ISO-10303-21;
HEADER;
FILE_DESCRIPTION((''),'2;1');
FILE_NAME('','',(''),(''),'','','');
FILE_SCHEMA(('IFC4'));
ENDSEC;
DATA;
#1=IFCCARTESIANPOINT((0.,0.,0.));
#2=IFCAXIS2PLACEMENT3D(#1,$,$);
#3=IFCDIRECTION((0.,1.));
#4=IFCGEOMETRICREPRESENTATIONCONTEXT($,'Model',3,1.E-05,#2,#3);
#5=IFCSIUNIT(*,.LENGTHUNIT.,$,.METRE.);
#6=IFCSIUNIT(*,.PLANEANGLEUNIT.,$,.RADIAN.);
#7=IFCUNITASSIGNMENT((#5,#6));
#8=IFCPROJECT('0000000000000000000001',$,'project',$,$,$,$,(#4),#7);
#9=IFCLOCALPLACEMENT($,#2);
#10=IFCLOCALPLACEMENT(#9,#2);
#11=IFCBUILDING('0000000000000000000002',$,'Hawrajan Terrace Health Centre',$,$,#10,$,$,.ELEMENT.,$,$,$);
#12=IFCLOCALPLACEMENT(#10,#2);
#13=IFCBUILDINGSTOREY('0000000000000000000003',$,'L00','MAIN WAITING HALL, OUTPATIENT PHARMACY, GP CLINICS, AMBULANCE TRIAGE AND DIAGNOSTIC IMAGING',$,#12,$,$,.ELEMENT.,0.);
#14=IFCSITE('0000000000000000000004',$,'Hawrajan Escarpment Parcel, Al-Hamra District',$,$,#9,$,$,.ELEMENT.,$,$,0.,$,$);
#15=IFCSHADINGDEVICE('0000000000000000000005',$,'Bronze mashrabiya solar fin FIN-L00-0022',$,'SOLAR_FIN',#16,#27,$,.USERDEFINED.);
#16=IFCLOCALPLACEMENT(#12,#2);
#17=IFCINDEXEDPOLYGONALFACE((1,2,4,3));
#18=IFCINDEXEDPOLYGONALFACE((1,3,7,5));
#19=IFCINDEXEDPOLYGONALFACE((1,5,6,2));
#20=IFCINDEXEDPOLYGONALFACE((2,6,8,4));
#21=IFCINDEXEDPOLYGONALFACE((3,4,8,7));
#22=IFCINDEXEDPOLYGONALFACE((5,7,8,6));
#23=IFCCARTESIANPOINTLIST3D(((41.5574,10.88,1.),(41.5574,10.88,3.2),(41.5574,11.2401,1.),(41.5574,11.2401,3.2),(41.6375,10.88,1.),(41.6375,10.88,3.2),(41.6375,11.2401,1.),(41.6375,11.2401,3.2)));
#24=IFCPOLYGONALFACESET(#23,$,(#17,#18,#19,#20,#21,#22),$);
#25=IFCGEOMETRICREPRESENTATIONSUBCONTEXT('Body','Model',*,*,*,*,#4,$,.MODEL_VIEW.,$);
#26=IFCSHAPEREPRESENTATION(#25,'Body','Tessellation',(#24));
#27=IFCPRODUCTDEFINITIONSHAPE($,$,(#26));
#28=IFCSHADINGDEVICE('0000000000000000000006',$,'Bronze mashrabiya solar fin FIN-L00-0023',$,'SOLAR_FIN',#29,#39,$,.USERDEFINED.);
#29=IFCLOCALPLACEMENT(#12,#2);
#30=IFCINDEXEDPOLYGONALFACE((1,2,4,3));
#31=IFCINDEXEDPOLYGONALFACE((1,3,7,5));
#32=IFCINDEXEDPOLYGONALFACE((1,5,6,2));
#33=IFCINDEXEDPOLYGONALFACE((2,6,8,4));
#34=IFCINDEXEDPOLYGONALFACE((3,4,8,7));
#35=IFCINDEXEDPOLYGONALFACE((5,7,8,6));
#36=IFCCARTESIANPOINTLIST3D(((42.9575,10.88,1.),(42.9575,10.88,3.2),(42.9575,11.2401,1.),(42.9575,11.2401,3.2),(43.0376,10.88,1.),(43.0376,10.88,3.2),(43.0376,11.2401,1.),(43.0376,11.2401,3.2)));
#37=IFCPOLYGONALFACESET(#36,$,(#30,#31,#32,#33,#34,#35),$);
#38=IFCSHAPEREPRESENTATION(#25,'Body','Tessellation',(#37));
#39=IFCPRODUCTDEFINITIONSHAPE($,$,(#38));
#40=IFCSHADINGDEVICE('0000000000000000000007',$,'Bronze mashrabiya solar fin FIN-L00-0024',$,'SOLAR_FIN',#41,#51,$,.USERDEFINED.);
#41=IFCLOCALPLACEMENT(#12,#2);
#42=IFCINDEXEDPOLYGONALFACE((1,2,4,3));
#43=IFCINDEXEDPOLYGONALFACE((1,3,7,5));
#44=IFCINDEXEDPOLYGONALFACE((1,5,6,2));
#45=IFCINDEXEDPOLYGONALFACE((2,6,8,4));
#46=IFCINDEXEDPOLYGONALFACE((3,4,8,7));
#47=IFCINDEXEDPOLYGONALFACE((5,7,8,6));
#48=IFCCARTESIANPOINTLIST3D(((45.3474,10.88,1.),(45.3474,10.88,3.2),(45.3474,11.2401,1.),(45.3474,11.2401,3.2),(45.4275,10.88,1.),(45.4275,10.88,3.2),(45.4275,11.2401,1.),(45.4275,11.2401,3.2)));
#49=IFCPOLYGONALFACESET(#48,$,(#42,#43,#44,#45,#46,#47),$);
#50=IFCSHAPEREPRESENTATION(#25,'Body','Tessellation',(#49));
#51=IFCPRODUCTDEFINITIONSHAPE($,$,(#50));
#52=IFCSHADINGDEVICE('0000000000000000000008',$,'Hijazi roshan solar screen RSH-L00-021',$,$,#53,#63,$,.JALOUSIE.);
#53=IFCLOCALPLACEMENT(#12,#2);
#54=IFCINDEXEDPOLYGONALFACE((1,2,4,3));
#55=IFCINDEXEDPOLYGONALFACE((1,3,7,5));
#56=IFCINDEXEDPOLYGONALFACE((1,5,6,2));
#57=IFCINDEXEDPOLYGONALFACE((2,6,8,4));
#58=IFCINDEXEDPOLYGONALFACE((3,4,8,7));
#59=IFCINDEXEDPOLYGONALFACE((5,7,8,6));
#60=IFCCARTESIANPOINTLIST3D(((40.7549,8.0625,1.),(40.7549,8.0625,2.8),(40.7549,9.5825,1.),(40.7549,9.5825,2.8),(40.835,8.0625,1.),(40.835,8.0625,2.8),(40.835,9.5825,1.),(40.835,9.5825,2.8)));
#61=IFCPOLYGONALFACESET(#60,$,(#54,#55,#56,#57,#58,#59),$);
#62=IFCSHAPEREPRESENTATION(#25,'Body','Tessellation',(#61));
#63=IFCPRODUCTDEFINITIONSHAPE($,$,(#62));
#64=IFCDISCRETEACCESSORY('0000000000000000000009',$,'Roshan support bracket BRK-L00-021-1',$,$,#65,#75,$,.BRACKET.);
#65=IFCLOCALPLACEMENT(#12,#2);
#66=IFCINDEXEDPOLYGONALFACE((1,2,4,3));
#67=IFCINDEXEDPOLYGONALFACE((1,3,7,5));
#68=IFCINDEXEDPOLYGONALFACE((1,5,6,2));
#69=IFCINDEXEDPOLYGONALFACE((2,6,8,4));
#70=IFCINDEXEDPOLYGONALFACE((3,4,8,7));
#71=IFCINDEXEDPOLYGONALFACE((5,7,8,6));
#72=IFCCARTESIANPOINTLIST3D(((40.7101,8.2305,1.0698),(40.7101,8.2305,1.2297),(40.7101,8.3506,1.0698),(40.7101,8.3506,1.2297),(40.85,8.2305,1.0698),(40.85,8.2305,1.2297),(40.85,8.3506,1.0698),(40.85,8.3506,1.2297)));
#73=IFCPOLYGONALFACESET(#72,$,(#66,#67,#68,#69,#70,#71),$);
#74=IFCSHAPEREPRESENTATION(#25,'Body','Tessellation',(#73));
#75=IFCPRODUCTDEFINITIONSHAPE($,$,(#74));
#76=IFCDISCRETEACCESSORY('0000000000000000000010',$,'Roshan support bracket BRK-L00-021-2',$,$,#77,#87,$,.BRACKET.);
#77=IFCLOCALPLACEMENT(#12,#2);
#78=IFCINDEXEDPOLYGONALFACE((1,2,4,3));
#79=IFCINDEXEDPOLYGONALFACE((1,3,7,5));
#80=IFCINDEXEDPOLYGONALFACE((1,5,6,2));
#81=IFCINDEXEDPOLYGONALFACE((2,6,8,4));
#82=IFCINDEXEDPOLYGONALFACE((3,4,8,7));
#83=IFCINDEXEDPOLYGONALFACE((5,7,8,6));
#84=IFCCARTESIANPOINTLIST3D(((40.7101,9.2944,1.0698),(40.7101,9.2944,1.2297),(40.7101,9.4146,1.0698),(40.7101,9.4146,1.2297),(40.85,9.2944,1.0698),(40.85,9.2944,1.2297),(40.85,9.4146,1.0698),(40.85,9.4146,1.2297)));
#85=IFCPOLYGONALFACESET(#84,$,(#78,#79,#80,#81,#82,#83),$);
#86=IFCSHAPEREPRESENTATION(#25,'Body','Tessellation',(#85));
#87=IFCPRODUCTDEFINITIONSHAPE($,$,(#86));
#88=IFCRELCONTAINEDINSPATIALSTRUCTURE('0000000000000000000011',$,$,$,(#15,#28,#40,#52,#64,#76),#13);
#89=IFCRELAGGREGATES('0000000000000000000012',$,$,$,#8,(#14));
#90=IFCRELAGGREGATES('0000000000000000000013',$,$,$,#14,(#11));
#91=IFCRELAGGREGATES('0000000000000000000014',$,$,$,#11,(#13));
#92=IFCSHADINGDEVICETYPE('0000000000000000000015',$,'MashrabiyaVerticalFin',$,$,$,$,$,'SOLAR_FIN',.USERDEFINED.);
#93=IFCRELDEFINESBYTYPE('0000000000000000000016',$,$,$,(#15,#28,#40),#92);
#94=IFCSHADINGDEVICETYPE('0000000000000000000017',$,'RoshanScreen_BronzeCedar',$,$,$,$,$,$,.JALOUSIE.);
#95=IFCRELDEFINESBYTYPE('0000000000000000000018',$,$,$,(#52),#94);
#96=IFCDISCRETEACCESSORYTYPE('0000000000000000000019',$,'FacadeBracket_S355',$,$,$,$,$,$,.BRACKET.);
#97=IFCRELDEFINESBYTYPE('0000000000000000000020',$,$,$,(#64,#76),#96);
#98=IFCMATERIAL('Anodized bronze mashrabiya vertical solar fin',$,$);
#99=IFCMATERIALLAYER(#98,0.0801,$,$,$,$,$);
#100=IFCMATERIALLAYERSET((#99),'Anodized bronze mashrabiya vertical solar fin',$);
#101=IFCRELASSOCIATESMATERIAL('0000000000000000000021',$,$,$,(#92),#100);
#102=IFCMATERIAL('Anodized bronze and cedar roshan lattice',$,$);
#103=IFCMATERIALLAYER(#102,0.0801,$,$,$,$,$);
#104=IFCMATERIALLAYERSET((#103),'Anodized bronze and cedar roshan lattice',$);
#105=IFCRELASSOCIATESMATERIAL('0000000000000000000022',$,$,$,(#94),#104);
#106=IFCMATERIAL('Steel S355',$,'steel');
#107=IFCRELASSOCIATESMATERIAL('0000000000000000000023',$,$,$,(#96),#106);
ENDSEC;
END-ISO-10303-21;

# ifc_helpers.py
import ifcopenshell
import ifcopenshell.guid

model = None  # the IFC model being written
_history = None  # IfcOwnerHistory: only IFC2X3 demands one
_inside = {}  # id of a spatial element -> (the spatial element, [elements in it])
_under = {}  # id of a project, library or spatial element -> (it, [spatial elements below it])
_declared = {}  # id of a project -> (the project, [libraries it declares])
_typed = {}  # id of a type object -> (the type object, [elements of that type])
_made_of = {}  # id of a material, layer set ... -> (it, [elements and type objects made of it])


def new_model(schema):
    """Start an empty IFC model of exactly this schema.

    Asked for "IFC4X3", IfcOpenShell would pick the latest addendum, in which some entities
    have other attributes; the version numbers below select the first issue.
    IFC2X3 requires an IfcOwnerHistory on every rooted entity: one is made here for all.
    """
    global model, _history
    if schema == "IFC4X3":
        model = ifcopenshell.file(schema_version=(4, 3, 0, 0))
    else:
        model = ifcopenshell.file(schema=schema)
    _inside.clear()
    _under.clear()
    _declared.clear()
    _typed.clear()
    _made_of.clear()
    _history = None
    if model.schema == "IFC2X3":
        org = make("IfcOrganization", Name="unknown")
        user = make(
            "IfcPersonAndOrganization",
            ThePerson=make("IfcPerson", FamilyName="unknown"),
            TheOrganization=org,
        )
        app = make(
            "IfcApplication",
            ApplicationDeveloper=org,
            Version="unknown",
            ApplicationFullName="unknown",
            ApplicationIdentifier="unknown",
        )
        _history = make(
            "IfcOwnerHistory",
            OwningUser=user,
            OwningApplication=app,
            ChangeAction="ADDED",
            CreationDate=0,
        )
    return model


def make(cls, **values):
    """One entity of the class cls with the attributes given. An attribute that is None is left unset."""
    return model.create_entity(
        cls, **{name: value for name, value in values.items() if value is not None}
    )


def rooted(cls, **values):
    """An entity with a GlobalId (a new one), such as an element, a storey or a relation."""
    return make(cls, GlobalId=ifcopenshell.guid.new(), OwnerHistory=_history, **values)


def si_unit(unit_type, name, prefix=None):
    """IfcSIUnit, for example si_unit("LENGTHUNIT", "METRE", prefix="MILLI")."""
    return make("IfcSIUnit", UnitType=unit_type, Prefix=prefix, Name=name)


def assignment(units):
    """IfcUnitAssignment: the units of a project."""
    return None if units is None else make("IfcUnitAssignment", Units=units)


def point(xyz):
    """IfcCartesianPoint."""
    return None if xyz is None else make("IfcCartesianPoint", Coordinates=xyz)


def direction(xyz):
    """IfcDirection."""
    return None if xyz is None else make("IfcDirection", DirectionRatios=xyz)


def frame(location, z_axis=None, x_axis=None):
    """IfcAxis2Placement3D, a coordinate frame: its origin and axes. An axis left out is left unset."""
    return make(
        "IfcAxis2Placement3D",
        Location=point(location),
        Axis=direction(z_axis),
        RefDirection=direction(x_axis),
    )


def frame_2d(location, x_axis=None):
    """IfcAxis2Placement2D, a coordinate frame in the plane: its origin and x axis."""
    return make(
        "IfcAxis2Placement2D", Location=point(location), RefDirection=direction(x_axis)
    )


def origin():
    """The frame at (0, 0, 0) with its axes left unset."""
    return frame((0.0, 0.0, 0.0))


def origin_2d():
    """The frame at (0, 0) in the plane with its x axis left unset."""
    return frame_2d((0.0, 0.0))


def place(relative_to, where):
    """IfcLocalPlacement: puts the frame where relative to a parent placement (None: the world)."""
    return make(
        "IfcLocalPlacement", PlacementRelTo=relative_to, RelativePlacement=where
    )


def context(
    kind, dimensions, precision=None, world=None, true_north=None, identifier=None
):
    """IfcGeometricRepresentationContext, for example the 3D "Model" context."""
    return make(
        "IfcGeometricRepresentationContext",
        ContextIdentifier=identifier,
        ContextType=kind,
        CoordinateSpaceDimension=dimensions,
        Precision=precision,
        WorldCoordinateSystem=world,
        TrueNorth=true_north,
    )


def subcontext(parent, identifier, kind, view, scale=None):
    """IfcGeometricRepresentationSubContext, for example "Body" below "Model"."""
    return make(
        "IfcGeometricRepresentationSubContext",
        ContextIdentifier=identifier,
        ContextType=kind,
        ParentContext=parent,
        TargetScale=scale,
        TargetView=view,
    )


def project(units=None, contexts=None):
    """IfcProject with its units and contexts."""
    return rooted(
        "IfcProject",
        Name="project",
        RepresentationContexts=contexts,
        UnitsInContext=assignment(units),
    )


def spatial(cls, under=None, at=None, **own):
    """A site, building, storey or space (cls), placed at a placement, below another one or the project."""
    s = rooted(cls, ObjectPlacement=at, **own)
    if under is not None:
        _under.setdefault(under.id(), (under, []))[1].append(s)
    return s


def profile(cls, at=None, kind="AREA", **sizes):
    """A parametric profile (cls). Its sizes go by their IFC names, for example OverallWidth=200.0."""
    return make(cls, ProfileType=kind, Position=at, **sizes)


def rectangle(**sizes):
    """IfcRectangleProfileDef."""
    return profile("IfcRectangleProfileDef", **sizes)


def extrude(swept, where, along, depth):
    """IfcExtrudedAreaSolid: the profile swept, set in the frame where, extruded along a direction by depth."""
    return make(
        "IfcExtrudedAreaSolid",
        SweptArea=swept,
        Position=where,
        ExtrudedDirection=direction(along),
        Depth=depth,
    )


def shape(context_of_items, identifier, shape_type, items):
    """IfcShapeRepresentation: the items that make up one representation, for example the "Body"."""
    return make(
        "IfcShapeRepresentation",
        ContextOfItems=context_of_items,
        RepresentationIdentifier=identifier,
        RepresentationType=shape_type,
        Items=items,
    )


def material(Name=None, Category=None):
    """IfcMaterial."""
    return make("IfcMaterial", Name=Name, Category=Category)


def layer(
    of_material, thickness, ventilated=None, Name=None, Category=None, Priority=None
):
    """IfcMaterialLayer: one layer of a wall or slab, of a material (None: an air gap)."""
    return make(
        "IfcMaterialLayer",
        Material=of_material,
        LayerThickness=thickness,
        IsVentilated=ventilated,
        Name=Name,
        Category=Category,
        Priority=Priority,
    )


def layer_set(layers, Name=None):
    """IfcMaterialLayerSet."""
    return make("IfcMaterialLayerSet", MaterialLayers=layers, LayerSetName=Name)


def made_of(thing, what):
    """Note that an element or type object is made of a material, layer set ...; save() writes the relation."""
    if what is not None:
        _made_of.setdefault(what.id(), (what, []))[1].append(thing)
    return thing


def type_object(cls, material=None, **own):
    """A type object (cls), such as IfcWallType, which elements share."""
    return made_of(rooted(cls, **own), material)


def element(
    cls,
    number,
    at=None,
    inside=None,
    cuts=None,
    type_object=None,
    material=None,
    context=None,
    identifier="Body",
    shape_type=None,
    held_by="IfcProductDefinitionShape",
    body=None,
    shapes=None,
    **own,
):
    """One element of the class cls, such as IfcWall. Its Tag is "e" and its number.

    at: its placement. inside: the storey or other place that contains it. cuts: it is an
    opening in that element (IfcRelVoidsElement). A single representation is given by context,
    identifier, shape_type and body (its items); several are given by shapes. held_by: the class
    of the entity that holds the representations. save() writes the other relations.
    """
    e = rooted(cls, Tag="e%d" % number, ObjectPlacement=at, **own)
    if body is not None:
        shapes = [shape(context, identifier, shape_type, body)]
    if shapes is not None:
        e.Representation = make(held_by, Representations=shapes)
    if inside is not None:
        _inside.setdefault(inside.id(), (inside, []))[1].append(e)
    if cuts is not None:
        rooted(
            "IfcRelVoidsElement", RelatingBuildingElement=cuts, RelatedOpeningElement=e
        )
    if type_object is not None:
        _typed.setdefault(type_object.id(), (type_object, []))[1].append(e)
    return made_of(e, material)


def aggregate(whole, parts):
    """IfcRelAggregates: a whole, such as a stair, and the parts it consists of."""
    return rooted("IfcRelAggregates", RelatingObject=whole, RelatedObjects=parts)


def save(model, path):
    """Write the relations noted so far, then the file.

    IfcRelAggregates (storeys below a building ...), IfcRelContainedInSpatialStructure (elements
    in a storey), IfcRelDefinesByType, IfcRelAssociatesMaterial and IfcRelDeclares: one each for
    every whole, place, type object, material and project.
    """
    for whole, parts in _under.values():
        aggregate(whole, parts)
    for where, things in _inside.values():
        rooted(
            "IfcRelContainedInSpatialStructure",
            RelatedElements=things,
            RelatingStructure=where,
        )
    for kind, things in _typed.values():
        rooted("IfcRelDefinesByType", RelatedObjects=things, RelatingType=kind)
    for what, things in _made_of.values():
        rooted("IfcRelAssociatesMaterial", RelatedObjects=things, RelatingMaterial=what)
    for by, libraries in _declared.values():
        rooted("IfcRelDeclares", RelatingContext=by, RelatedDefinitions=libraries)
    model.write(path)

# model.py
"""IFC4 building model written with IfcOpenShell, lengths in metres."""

from ifc_helpers import new_model, si_unit, direction, frame, origin, origin_2d, place, context, subcontext, project, spatial, rectangle, extrude, material, layer, layer_set, type_object, element, save


model = new_model("IFC4")

# Units and contexts
model_context = context("Model", 3, precision=1e-05, world=origin(), true_north=direction((0.0, 1.0)))
body_context = subcontext(model_context, "Body", "Model", "MODEL_VIEW")
ifc_project = project(units=[si_unit("LENGTHUNIT", "METRE"), si_unit("PLANEANGLEUNIT", "RADIAN")], contexts=[model_context])

# Site, building, storey
site_placement = place(None, origin())
site = spatial("IfcSite", under=ifc_project, at=site_placement, Name="Hawrajan Escarpment Parcel, Al-Hamra District", CompositionType="ELEMENT", RefElevation=0.0)
building_placement = place(site_placement, origin())
building = spatial("IfcBuilding", under=site, at=building_placement, Name="Hawrajan Terrace Health Centre", CompositionType="ELEMENT")
storey_placement = place(building_placement, origin())
storey = spatial("IfcBuildingStorey", under=building, at=storey_placement, Name="L00", Description="MAIN WAITING HALL, OUTPATIENT PHARMACY, GP CLINICS, AMBULANCE TRIAGE AND DIAGNOSTIC IMAGING", CompositionType="ELEMENT", Elevation=0.0)

# Shared definitions
ifc_material_1 = material(Name="Steel S355", Category="steel")

# Shading devices
ifc_material_2 = material(Name="Anodized bronze mashrabiya vertical solar fin")
ifc_layer_1 = layer(ifc_material_2, 0.0801)
ifc_layer_set_1 = layer_set([ifc_layer_1], Name="Anodized bronze mashrabiya vertical solar fin")
shading_device_type_1 = type_object("IfcShadingDeviceType", Name="MashrabiyaVerticalFin", ElementType="SOLAR_FIN", PredefinedType="USERDEFINED", material=ifc_layer_set_1)
for number, where, z_axis, x_axis, name in (
    (1, (41.5974, 11.0601, 1.0), (0.0, 0.0, 1.0), (1.0, 0.0, 0.0), "Bronze mashrabiya solar fin FIN-L00-0022"),
    (2, (42.9976, 11.0601, 1.0), (0.0, 0.0, 1.0), (1.0, 0.0, 0.0), "Bronze mashrabiya solar fin FIN-L00-0023"),
    (3, (45.3875, 11.0601, 1.0), (0.0, 0.0, 1.0), (1.0, 0.0, 0.0), "Bronze mashrabiya solar fin FIN-L00-0024"),
):
    element("IfcShadingDevice", number, at=place(storey_placement, frame(where, z_axis=z_axis, x_axis=x_axis)), inside=storey, type_object=shading_device_type_1, Name=name, ObjectType="SOLAR_FIN", PredefinedType="USERDEFINED", context=body_context, shape_type="SweptSolid", body=[
        extrude(rectangle(XDim=0.0801, YDim=0.3601, at=origin_2d()), origin(), (0.0, 0.0, 1.0), 2.2),
    ])
ifc_material_3 = material(Name="Anodized bronze and cedar roshan lattice")
ifc_layer_2 = layer(ifc_material_3, 0.0801)
ifc_layer_set_2 = layer_set([ifc_layer_2], Name="Anodized bronze and cedar roshan lattice")
shading_device_type_2 = type_object("IfcShadingDeviceType", Name="RoshanScreen_BronzeCedar", PredefinedType="JALOUSIE", material=ifc_layer_set_2)
shading_device_placement = place(storey_placement, frame((40.7949, 8.8225, 1.0), z_axis=(0.0, 0.0, 1.0), x_axis=(0.0, 1.0, 0.0)))
element("IfcShadingDevice", 4, at=shading_device_placement, inside=storey, type_object=shading_device_type_2, Name="Hijazi roshan solar screen RSH-L00-021", PredefinedType="JALOUSIE", context=body_context, shape_type="SweptSolid", body=[
    extrude(rectangle(XDim=1.52, YDim=0.0801, at=origin_2d()), origin(), (0.0, 0.0, 1.0), 1.8),
])

# Discrete accessories
discrete_accessory_type = type_object("IfcDiscreteAccessoryType", Name="FacadeBracket_S355", PredefinedType="BRACKET", material=ifc_material_1)
for number, where, z_axis, x_axis, name in (
    (5, (40.78, 8.2905, 1.0698), (0.0, 0.0, 1.0), (0.0, 1.0, 0.0), "Roshan support bracket BRK-L00-021-1"),
    (6, (40.78, 9.3545, 1.0698), (0.0, 0.0, 1.0), (0.0, 1.0, 0.0), "Roshan support bracket BRK-L00-021-2"),
):
    element("IfcDiscreteAccessory", number, at=place(storey_placement, frame(where, z_axis=z_axis, x_axis=x_axis)), inside=storey, type_object=discrete_accessory_type, Name=name, PredefinedType="BRACKET", context=body_context, shape_type="SweptSolid", body=[
        extrude(rectangle(XDim=0.1201, YDim=0.1399, at=origin_2d()), origin(), (0.0, 0.0, 1.0), 0.1599),
    ])

save(model, "model.ifc")
